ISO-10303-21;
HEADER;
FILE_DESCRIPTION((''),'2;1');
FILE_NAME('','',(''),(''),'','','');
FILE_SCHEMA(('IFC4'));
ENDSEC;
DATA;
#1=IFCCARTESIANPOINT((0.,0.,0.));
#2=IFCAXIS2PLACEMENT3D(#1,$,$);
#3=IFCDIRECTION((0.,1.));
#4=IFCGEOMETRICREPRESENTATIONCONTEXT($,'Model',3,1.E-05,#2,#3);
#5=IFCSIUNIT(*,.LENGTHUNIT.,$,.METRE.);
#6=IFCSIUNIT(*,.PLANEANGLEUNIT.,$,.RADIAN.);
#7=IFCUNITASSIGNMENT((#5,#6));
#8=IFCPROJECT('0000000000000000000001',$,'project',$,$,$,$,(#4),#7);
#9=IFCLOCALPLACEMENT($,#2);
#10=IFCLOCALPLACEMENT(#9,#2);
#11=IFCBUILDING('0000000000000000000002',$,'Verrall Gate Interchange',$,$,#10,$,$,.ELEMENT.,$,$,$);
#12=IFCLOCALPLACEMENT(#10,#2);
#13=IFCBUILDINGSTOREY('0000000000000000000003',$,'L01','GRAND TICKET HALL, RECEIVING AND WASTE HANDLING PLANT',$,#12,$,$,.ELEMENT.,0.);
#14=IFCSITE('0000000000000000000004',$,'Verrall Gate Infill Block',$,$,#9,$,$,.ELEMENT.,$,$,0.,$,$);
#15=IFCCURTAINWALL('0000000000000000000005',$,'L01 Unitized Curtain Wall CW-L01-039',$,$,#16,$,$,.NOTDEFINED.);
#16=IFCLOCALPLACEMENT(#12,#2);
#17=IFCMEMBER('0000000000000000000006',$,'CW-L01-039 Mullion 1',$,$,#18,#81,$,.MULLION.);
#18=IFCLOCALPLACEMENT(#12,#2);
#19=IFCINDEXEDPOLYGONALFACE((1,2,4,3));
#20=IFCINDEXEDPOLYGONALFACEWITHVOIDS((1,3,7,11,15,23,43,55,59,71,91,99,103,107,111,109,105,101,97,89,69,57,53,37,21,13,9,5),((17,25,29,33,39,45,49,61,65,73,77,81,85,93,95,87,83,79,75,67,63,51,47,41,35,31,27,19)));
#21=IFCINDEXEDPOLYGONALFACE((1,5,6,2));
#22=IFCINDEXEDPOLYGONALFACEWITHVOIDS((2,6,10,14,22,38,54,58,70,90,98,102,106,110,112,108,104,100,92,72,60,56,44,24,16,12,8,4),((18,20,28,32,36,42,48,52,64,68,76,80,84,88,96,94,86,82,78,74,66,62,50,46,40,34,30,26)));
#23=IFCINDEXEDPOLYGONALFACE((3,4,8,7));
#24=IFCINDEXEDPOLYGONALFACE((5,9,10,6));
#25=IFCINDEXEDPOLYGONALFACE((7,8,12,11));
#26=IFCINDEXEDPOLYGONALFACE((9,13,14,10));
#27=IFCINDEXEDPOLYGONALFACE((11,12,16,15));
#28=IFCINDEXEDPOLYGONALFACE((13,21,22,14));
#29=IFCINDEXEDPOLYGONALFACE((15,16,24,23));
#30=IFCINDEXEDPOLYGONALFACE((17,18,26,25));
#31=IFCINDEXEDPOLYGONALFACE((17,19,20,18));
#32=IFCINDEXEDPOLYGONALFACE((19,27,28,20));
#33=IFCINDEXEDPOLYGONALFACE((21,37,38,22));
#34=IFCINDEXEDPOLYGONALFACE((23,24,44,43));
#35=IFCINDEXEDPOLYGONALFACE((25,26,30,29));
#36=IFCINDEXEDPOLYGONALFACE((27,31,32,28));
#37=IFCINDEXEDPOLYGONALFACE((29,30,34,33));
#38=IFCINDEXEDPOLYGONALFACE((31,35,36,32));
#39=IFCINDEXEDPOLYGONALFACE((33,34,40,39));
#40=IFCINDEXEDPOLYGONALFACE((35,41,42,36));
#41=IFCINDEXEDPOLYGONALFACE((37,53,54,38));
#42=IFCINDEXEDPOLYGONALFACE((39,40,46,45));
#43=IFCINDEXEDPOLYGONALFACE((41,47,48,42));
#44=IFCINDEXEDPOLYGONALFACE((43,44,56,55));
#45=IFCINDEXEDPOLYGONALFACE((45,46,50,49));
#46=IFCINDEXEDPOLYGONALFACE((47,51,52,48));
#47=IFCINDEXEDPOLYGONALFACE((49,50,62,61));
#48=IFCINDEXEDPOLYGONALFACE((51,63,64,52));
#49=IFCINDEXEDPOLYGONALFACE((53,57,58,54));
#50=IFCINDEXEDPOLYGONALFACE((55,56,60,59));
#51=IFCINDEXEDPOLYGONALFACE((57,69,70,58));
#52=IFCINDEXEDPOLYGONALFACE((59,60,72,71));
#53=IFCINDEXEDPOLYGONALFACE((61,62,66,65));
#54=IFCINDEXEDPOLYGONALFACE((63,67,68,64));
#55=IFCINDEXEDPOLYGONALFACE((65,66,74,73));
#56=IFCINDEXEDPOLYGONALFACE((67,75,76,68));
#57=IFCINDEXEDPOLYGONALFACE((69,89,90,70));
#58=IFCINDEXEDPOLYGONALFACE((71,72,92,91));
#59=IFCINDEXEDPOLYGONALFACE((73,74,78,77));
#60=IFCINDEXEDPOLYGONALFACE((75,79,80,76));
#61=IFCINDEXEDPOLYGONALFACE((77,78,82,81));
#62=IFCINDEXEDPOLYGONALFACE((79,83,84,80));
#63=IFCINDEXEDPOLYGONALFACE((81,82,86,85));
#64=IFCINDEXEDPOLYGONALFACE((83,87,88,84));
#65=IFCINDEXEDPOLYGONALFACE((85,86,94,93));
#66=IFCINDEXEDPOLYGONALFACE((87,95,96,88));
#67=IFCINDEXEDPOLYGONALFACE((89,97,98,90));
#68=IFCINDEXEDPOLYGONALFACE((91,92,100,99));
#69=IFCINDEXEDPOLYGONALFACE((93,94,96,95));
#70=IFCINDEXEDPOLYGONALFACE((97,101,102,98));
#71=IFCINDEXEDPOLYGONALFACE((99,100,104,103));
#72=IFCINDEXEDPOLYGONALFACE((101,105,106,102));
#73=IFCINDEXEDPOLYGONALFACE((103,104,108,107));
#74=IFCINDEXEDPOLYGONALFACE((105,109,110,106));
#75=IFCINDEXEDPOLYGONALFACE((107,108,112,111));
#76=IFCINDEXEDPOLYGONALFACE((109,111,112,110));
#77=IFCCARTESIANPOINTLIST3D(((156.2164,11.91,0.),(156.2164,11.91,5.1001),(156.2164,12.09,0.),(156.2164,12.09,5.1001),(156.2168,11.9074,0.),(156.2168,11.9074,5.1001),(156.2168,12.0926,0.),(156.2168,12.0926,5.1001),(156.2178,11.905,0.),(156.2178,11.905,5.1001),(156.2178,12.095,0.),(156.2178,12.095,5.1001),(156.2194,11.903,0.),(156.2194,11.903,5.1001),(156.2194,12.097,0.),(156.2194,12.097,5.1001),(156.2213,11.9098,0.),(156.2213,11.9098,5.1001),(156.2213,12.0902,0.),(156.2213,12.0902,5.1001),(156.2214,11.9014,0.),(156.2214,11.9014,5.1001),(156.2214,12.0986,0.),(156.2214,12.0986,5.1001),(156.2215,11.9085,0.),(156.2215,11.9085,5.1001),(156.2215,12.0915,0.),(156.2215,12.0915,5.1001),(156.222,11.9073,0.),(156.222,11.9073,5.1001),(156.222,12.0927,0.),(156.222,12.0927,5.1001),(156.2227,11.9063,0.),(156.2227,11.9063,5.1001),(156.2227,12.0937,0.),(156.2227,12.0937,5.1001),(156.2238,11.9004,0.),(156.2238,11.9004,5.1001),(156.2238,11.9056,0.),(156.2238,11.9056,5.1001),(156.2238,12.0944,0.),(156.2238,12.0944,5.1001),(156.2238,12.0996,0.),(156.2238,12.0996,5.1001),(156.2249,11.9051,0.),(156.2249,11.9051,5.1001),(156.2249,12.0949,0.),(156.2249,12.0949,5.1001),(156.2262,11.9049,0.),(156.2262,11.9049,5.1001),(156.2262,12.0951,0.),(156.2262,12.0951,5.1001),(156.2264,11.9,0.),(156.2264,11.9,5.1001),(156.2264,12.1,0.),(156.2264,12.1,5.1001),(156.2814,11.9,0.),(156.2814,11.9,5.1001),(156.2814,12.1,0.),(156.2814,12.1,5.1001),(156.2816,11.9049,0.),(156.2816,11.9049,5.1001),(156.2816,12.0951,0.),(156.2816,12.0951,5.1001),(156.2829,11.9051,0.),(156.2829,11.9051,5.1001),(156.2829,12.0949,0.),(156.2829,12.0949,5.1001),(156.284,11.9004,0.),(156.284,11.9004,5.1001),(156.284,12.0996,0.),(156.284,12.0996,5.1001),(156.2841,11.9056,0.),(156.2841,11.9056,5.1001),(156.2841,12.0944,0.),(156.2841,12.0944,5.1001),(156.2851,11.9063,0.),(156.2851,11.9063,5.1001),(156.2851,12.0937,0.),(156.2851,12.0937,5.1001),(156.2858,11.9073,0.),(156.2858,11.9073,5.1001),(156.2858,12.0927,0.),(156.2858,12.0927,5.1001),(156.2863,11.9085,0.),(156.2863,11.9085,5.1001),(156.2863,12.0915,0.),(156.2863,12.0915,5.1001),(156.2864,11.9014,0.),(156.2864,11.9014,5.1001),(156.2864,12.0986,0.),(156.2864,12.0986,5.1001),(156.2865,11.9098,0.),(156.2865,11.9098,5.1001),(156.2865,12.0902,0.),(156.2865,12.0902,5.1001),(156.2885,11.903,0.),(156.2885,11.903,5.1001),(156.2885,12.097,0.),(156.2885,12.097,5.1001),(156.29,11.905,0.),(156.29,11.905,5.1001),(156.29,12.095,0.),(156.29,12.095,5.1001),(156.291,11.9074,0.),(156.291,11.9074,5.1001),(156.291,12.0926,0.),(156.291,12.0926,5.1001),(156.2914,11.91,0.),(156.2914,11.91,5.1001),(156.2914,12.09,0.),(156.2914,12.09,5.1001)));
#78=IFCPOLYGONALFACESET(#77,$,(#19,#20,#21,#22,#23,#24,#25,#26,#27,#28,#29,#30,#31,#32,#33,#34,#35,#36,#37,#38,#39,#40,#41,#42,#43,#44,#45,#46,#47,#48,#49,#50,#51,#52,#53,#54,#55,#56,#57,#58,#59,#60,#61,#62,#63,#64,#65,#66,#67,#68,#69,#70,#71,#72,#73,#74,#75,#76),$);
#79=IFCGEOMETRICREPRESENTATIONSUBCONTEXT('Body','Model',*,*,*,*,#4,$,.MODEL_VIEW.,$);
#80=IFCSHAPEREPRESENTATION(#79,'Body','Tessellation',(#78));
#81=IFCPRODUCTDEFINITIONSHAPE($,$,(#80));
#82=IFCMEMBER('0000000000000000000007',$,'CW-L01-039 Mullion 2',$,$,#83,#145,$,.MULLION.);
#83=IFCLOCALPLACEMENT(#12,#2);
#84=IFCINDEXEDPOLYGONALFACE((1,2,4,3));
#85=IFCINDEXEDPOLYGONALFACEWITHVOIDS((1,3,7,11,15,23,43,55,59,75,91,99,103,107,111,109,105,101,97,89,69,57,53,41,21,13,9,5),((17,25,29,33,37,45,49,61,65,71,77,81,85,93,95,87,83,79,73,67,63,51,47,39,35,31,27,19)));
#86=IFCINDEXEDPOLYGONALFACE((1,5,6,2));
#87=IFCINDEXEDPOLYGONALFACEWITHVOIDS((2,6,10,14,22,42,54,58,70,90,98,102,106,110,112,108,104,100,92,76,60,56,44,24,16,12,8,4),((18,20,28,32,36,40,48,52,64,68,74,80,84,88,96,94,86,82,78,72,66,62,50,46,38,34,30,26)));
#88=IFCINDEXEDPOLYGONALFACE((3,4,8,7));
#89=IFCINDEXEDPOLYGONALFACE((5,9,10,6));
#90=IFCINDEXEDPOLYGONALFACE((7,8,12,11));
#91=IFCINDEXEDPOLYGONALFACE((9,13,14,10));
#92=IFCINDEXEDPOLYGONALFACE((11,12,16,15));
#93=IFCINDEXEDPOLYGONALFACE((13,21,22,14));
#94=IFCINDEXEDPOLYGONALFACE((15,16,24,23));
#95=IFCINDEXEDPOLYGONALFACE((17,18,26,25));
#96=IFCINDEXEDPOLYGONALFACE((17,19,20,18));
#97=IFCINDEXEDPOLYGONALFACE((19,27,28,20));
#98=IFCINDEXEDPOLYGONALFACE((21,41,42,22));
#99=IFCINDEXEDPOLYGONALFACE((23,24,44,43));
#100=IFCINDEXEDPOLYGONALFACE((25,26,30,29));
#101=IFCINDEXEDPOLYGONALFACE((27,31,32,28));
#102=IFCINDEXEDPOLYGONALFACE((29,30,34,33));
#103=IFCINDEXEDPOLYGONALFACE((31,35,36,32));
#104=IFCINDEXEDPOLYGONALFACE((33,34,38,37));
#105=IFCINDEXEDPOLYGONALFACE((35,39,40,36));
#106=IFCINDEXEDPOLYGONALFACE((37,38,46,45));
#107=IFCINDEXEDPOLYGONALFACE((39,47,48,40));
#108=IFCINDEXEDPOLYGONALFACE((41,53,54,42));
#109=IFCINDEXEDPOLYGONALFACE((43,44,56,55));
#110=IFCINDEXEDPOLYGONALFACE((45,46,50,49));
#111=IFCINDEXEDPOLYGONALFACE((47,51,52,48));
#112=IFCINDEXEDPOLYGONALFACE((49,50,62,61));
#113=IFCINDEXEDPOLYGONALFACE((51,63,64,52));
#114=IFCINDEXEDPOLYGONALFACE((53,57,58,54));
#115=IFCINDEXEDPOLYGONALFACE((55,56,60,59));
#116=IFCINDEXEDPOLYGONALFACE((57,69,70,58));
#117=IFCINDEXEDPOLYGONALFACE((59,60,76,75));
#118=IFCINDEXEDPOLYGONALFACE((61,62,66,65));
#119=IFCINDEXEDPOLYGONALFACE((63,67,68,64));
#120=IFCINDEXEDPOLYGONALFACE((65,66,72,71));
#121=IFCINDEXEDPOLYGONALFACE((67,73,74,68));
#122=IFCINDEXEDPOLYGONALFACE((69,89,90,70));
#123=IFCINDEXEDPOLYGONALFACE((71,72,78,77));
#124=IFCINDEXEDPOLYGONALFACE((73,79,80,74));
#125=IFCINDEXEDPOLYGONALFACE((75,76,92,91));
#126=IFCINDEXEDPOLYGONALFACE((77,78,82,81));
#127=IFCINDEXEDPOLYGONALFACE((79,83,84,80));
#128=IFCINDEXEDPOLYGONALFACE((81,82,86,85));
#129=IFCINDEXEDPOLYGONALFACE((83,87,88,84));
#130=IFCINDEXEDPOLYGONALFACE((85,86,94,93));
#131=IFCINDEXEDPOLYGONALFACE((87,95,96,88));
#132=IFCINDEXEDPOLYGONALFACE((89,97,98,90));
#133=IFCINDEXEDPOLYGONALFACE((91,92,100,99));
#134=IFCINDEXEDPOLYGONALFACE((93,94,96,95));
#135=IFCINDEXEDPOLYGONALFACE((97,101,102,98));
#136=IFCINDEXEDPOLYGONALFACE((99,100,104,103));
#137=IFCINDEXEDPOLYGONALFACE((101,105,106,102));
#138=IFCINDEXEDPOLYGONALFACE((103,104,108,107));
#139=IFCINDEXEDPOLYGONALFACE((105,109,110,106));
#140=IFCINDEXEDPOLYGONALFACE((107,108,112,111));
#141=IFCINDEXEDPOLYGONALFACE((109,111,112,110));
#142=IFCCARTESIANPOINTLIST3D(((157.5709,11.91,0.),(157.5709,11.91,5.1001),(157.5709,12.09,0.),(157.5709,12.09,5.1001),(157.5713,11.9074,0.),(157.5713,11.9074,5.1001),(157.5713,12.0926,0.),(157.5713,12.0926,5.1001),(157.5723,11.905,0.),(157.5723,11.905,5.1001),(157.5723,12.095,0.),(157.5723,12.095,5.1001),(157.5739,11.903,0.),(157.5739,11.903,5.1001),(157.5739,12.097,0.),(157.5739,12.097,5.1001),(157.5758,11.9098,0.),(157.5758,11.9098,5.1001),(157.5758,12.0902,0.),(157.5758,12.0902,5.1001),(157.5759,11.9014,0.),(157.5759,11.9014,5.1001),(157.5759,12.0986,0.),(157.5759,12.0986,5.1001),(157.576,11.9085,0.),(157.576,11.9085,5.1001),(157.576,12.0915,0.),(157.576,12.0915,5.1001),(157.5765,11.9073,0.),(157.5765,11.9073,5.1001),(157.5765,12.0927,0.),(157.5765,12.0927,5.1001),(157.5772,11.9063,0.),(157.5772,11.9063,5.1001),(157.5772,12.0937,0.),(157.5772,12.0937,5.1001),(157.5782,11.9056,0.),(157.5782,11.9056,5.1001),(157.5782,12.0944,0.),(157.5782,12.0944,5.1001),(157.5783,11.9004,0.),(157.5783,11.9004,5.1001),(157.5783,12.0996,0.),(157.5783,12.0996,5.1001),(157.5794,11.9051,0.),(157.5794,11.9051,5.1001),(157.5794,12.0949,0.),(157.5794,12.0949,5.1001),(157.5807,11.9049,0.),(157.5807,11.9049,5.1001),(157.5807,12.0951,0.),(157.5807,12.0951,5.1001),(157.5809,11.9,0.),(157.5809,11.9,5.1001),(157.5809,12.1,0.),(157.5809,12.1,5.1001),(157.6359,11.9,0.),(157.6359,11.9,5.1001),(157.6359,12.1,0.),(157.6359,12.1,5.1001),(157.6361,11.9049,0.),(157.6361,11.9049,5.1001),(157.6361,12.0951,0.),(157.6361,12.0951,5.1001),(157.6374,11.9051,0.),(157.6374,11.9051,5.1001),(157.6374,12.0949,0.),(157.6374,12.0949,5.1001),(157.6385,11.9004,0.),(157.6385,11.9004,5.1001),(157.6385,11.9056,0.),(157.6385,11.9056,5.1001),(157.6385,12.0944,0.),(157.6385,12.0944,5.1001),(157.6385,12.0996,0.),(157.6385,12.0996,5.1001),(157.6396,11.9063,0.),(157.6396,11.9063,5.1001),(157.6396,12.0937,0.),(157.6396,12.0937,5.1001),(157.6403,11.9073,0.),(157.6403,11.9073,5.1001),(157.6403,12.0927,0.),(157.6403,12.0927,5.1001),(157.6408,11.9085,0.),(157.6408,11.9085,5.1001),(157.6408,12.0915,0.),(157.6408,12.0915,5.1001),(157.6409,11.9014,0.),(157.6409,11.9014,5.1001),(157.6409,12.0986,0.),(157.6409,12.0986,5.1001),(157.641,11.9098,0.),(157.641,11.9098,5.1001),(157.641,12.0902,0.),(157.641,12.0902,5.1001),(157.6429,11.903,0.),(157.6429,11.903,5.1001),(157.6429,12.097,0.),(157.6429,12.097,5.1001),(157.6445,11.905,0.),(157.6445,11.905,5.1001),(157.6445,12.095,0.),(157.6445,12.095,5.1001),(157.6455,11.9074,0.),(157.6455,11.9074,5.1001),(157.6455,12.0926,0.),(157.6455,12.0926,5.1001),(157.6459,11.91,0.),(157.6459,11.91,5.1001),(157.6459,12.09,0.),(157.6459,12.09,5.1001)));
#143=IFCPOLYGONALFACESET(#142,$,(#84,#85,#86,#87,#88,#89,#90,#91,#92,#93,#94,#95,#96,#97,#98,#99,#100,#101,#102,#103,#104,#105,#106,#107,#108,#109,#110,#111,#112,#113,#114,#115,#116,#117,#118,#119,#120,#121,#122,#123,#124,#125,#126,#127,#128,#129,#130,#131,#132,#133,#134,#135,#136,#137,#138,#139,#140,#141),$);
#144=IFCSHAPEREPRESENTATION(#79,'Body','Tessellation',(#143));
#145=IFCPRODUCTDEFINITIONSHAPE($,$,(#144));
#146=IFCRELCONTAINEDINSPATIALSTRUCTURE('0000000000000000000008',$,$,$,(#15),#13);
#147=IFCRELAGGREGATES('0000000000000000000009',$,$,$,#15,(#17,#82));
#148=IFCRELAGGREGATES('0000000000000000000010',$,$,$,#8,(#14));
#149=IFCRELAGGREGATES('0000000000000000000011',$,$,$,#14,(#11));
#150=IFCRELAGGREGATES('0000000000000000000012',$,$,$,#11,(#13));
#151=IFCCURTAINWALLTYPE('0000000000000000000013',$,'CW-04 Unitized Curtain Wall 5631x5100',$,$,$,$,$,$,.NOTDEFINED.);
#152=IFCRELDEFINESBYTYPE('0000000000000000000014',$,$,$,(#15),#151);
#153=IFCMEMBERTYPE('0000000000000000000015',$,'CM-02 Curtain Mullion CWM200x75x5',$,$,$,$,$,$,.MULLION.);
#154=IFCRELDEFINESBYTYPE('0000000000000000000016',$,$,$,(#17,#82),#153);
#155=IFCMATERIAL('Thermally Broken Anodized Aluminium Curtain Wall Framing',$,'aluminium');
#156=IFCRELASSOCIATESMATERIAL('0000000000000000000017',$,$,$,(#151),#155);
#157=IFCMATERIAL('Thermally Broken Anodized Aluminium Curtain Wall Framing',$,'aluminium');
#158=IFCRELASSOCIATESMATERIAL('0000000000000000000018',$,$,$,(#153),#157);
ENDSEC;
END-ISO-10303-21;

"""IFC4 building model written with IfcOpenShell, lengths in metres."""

from ifc_helpers import new_model, si_unit, direction, frame, origin, origin_2d, place, context, subcontext, project, spatial, hollow_rectangle, extrude, material, material_profile, profile_set, type_object, element, aggregate, save


model = new_model("IFC4")

# Units and contexts
model_context = context("Model", 3, precision=1e-05, world=origin(), true_north=direction((0.0, 1.0)))
body_context = subcontext(model_context, "Body", "Model", "MODEL_VIEW")
ifc_project = project(units=[si_unit("LENGTHUNIT", "METRE"), si_unit("PLANEANGLEUNIT", "RADIAN")], contexts=[model_context])

# Site, building, storey
site_placement = place(None, origin())
site = spatial("IfcSite", under=ifc_project, at=site_placement, Name="Verrall Gate Infill Block", CompositionType="ELEMENT", RefElevation=0.0)
building_placement = place(site_placement, origin())
building = spatial("IfcBuilding", under=site, at=building_placement, Name="Verrall Gate Interchange", CompositionType="ELEMENT")
storey_placement = place(building_placement, origin())
storey = spatial("IfcBuildingStorey", under=building, at=storey_placement, Name="L01", Description="GRAND TICKET HALL, RECEIVING AND WASTE HANDLING PLANT", CompositionType="ELEMENT", Elevation=0.0)

# Curtain wall, members
ifc_material_1 = material(Name="Thermally Broken Anodized Aluminium Curtain Wall Framing", Category="aluminium")
curtain_wall_type = type_object("IfcCurtainWallType", Name="CW-04 Unitized Curtain Wall 5631x5100", PredefinedType="NOTDEFINED", material=ifc_material_1)
curtain_wall_placement = place(storey_placement, origin())
curtain_wall = element("IfcCurtainWall", 1, at=curtain_wall_placement, inside=storey, type_object=curtain_wall_type, Name="L01 Unitized Curtain Wall CW-L01-039", PredefinedType="NOTDEFINED")
ifc_material_2 = material(Name="Thermally Broken Anodized Aluminium Curtain Wall Framing", Category="aluminium")
ifc_material_profile_1 = material_profile(ifc_material_2, hollow_rectangle(XDim=0.075, YDim=0.2, WallThickness=0.0049, InnerFilletRadius=0.0049, OuterFilletRadius=0.01, at=origin_2d()), Name="CWM200x75x5")
ifc_profile_set_1 = profile_set([ifc_material_profile_1], Name="Thermally Broken Anodized Aluminium Curtain Wall Framing")
member_type_1 = type_object("IfcMemberType", Name="CM-02 Curtain Mullion CWM200x75x5", PredefinedType="MULLION", material=ifc_profile_set_1)
member_1_placement = place(storey_placement, frame((156.2539, 12.0, 0.0), z_axis=(0.0, 0.0, 1.0), x_axis=(1.0, 0.0, 0.0)))
member_1 = element("IfcMember", 2, at=member_1_placement, type_object=member_type_1, Name="CW-L01-039 Mullion 1", PredefinedType="MULLION", context=body_context, shape_type="SweptSolid", body=[
    extrude(hollow_rectangle(XDim=0.075, YDim=0.2, WallThickness=0.0049, InnerFilletRadius=0.0049, OuterFilletRadius=0.01, at=origin_2d()), origin(), (0.0, 0.0, 1.0), 5.1001),
])
member_2_placement = place(storey_placement, frame((157.6084, 12.0, 0.0), z_axis=(0.0, 0.0, 1.0), x_axis=(1.0, 0.0, 0.0)))
member_2 = element("IfcMember", 3, at=member_2_placement, type_object=member_type_1, Name="CW-L01-039 Mullion 2", PredefinedType="MULLION", context=body_context, shape_type="SweptSolid", body=[
    extrude(hollow_rectangle(XDim=0.075, YDim=0.2, WallThickness=0.0049, InnerFilletRadius=0.0049, OuterFilletRadius=0.01, at=origin_2d()), origin(), (0.0, 0.0, 1.0), 5.1001),
])

aggregate(curtain_wall, [member_1, member_2])

save(model, "model.ifc")
